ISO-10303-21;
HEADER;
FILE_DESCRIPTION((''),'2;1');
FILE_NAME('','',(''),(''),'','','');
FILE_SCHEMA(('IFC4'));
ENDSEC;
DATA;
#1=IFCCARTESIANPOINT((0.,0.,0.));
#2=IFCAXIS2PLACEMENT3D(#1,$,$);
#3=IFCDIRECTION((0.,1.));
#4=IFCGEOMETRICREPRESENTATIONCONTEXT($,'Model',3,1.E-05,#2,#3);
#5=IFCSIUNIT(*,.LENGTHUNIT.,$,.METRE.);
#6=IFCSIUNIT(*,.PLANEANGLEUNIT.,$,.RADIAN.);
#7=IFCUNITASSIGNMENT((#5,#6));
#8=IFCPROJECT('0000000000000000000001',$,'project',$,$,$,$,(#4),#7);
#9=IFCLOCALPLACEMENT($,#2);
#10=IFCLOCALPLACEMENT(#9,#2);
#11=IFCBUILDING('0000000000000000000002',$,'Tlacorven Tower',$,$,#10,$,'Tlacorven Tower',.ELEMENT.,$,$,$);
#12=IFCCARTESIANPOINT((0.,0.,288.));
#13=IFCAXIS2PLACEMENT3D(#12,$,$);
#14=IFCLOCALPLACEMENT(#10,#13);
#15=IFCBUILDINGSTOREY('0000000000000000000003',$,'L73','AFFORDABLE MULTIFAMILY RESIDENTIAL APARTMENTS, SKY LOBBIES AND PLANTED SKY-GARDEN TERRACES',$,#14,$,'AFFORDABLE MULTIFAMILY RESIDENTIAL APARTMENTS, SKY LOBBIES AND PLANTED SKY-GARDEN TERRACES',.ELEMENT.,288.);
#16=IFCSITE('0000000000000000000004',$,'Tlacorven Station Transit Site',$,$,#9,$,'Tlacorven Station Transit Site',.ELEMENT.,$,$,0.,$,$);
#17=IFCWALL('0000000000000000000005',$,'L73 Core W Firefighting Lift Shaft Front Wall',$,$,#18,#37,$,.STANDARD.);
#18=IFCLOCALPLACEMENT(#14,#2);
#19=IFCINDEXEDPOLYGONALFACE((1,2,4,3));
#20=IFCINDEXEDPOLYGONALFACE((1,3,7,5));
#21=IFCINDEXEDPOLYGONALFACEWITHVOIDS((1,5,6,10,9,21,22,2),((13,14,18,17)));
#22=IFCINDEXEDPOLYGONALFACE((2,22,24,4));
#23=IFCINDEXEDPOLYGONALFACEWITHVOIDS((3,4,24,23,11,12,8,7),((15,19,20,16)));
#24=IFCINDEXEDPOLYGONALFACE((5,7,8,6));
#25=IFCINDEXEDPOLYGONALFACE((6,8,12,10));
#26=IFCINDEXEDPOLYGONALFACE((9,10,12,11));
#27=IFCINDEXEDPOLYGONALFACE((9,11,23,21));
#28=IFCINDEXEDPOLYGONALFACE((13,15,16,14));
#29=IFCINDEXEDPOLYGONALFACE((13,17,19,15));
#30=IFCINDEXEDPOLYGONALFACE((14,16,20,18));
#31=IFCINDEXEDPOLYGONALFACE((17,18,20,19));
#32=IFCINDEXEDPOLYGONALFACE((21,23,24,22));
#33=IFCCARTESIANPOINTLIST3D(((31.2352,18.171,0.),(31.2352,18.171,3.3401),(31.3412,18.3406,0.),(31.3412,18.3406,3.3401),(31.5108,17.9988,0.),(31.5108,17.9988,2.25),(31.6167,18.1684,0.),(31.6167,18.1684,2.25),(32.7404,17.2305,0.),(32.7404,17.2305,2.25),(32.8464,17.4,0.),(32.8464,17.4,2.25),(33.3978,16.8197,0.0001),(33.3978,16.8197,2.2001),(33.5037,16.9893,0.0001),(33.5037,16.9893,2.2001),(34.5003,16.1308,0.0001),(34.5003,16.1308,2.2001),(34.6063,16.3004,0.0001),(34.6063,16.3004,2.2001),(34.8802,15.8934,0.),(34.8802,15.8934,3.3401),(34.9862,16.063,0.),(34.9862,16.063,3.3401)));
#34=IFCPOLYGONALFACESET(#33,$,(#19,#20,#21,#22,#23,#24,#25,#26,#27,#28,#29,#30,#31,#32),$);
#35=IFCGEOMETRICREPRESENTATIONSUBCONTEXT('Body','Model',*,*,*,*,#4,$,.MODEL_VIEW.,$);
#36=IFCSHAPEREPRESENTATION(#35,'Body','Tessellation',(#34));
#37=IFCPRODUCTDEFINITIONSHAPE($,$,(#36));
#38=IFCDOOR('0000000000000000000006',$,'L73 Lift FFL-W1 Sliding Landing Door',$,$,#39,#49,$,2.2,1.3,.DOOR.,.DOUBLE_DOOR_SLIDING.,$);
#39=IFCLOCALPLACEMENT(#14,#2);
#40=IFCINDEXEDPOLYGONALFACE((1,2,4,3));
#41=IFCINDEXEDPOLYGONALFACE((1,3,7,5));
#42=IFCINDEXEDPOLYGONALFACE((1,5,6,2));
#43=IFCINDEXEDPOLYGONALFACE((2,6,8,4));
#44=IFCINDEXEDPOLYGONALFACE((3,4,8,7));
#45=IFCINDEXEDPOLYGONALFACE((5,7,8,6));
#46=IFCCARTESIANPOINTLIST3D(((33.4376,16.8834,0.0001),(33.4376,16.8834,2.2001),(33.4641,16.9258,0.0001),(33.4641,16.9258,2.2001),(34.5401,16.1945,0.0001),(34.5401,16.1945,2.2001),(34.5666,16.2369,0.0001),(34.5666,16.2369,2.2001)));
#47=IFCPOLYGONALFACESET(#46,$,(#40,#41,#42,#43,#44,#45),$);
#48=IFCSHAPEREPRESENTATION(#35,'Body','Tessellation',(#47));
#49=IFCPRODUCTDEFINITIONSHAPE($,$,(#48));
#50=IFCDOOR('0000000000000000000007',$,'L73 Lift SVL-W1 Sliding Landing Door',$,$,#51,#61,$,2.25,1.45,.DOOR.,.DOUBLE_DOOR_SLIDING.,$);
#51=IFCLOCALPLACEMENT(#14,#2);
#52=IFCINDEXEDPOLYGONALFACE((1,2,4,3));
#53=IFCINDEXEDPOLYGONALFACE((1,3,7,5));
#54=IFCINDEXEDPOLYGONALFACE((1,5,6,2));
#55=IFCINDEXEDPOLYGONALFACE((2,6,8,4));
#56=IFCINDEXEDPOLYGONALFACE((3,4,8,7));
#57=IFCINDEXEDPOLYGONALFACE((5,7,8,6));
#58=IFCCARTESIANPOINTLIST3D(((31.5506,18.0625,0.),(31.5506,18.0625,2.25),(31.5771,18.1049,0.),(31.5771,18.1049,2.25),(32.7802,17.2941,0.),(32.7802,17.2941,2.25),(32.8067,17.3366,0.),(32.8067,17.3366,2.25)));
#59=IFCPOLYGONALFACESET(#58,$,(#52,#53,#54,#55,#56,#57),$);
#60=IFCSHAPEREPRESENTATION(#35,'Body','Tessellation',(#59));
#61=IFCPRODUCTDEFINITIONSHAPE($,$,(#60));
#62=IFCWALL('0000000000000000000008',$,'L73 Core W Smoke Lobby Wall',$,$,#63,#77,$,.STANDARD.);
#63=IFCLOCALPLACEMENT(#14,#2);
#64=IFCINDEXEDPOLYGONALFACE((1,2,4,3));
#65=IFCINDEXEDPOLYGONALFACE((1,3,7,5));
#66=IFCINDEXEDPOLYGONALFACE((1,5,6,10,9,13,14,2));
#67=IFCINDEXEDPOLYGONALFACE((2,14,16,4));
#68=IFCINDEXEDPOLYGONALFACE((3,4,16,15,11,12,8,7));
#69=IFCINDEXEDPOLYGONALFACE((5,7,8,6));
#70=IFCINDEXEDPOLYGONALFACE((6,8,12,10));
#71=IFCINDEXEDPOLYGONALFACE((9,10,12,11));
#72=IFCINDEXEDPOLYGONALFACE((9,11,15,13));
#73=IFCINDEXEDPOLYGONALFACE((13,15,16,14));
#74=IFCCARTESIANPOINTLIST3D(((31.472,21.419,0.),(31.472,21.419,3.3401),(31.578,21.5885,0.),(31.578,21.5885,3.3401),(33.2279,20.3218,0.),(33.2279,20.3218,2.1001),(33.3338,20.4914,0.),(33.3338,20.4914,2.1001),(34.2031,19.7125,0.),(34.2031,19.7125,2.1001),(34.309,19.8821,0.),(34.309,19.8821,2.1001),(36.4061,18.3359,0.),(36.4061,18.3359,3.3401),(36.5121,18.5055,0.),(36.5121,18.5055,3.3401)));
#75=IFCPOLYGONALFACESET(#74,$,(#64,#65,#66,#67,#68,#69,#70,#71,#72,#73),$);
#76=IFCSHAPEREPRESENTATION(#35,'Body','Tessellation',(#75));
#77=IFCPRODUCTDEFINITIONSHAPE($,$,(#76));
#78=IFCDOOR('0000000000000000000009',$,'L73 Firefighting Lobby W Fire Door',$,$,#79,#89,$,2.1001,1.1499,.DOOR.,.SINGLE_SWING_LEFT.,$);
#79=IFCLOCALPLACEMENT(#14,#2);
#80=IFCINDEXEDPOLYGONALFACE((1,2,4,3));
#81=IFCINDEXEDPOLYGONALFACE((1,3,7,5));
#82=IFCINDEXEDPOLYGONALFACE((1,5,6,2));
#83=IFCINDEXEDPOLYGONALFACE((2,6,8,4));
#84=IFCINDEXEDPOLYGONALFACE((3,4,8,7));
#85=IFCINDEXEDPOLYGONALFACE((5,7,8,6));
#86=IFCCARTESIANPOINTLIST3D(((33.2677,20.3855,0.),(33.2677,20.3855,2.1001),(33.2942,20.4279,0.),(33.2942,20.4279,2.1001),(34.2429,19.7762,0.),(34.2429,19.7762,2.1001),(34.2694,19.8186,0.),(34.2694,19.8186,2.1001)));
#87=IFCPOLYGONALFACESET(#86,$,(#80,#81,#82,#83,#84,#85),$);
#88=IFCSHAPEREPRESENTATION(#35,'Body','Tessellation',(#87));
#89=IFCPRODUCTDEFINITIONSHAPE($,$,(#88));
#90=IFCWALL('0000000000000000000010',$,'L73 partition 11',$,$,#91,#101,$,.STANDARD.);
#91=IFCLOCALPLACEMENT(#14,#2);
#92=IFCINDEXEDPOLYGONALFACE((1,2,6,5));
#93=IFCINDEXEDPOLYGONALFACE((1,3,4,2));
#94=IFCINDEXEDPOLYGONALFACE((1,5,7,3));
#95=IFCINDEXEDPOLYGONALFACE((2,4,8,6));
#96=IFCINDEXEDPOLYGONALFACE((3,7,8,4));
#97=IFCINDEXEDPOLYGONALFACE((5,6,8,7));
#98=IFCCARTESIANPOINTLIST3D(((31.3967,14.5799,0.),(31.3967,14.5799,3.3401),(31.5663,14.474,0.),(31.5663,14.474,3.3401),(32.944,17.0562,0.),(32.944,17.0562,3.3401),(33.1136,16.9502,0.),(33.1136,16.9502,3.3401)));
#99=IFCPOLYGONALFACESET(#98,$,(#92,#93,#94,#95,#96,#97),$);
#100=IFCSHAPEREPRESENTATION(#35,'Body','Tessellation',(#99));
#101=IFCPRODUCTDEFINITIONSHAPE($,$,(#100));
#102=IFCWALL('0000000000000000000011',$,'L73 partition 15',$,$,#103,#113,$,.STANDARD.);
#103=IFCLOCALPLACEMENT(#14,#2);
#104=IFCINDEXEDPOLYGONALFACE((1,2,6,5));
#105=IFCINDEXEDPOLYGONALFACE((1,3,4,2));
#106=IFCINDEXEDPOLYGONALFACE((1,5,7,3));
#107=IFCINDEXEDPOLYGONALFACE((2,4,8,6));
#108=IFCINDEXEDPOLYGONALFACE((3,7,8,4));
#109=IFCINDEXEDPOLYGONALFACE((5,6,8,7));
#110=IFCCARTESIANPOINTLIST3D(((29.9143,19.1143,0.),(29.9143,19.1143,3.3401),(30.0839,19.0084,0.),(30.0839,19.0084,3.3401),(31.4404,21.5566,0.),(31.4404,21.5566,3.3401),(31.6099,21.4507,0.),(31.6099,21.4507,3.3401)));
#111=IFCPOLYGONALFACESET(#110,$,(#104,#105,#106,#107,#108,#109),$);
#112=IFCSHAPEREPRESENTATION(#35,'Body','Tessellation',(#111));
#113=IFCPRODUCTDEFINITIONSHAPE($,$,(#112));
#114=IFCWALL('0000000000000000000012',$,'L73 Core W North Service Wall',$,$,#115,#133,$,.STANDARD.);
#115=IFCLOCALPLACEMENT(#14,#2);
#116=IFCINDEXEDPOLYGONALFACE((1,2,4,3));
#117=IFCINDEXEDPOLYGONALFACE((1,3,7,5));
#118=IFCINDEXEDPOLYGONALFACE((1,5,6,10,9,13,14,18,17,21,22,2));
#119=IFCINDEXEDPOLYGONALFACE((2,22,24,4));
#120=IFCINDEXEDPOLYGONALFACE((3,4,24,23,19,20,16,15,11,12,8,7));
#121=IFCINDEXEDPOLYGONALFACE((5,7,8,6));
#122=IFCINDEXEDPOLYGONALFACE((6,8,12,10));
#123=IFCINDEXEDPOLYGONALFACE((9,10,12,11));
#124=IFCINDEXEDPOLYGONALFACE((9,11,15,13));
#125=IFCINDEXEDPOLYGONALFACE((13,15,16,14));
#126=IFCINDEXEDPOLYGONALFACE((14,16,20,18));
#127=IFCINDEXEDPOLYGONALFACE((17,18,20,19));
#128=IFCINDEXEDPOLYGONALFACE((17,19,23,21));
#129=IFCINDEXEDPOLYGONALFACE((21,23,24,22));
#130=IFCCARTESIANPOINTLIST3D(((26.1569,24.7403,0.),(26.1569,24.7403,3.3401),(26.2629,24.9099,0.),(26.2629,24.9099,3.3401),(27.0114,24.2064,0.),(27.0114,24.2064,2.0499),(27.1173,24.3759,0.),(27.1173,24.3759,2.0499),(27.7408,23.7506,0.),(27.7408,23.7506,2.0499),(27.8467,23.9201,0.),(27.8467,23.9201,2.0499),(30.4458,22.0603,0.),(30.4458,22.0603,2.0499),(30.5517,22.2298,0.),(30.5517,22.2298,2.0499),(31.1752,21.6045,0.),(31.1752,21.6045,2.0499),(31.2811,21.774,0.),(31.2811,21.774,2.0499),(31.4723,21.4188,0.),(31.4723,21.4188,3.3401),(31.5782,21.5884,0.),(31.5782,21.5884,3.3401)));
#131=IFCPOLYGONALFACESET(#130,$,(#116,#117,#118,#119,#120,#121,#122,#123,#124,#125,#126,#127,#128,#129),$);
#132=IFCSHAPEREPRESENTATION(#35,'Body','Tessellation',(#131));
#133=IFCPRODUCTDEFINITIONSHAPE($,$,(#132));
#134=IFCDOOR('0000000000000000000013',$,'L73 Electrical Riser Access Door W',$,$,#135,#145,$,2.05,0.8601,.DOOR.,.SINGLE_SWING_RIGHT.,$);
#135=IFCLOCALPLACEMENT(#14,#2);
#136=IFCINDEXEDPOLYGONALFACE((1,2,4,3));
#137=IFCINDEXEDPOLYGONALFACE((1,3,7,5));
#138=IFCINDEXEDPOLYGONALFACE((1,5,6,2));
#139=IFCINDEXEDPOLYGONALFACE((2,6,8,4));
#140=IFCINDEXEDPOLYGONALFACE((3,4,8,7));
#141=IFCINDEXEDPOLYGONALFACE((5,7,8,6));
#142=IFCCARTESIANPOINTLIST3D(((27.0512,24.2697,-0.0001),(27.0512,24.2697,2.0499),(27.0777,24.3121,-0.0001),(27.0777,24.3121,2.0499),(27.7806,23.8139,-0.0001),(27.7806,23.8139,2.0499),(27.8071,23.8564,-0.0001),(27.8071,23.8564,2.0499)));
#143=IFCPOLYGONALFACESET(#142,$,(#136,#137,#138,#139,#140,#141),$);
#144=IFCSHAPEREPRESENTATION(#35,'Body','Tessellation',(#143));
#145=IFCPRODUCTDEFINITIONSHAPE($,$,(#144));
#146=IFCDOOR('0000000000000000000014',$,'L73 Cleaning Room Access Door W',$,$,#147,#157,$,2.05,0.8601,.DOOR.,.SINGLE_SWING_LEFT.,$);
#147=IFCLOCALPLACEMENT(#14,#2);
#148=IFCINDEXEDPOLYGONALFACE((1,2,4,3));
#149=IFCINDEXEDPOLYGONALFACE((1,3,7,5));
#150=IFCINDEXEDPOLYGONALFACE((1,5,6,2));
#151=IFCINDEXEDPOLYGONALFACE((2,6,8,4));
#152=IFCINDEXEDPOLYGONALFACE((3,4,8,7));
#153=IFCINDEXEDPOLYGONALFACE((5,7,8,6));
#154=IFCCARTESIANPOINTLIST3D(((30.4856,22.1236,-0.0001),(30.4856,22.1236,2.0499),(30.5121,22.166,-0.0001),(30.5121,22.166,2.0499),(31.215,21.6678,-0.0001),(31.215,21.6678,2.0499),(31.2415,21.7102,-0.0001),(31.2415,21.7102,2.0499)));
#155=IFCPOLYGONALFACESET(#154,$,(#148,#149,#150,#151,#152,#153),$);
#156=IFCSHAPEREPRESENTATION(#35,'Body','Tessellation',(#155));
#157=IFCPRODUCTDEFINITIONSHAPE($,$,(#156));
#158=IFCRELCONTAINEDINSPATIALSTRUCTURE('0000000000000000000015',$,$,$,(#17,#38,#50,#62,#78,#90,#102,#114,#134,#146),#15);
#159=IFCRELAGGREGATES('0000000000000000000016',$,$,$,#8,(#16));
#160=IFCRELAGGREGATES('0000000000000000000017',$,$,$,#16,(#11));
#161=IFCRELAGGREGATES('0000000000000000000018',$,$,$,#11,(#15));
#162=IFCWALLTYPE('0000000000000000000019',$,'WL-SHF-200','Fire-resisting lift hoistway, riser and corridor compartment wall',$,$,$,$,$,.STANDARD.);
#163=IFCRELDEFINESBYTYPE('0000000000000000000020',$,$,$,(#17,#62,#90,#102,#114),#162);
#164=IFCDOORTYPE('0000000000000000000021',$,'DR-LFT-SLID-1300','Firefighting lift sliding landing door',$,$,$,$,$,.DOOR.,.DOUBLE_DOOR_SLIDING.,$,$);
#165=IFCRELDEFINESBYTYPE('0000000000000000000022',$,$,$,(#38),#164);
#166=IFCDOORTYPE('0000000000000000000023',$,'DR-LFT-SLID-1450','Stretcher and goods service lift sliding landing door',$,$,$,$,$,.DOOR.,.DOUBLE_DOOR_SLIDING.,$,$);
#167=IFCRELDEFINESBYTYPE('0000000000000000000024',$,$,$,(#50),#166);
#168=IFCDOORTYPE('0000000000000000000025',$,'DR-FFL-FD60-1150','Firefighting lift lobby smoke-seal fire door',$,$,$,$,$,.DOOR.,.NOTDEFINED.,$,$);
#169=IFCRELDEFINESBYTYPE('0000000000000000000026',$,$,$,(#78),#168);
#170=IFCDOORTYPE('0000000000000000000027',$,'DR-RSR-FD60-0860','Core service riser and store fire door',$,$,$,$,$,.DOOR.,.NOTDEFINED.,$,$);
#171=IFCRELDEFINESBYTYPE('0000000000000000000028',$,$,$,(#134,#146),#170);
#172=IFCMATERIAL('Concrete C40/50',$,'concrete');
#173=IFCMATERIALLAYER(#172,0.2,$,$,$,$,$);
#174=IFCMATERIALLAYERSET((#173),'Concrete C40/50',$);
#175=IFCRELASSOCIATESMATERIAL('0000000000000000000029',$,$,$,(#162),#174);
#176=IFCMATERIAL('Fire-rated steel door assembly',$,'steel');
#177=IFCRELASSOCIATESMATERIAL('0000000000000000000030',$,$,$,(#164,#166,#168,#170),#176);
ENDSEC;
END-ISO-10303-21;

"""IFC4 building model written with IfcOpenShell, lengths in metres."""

from ifc_helpers import new_model, si_unit, direction, frame, frame_2d, origin, place, context, subcontext, project, spatial, rectangle, extrude, source, transform, mapped, material, layer, layer_set, type_object, element, fill, save


model = new_model("IFC4")

# Units and contexts
model_context = context("Model", 3, precision=1e-05, world=origin(), true_north=direction((0.0, 1.0)))
body_context = subcontext(model_context, "Body", "Model", "MODEL_VIEW")
ifc_project = project(units=[si_unit("LENGTHUNIT", "METRE"), si_unit("PLANEANGLEUNIT", "RADIAN")], contexts=[model_context])

# Site, building, storey
site_placement = place(None, origin())
site = spatial("IfcSite", under=ifc_project, at=site_placement, Name="Tlacorven Station Transit Site", LongName="Tlacorven Station Transit Site", CompositionType="ELEMENT", RefElevation=0.0)
building_placement = place(site_placement, origin())
building = spatial("IfcBuilding", under=site, at=building_placement, Name="Tlacorven Tower", LongName="Tlacorven Tower", CompositionType="ELEMENT")
storey_placement = place(building_placement, frame((0.0, 0.0, 288.0)))
storey = spatial("IfcBuildingStorey", under=building, at=storey_placement, Name="L73", Description="AFFORDABLE MULTIFAMILY RESIDENTIAL APARTMENTS, SKY LOBBIES AND PLANTED SKY-GARDEN TERRACES", LongName="AFFORDABLE MULTIFAMILY RESIDENTIAL APARTMENTS, SKY LOBBIES AND PLANTED SKY-GARDEN TERRACES", CompositionType="ELEMENT", Elevation=288.0)

# Shared definitions
ifc_material_1 = material(Name="Fire-rated steel door assembly", Category="steel")

# Wall, openings, doors
ifc_material_2 = material(Name="Concrete C40/50", Category="concrete")
ifc_layer_1 = layer(ifc_material_2, 0.2)
ifc_layer_set_1 = layer_set([ifc_layer_1], Name="Concrete C40/50")
wall_type_1 = type_object("IfcWallType", Name="WL-SHF-200", Description="Fire-resisting lift hoistway, riser and corridor compartment wall", PredefinedType="STANDARD", material=ifc_layer_set_1)
wall_1_placement = place(storey_placement, frame((34.9331, 15.9783, 0.0), z_axis=(0.0, 0.0, 1.0), x_axis=(-0.848056, 0.529907, 0.0)))
wall_1 = element("IfcWall", 1, at=wall_1_placement, inside=storey, type_object=wall_type_1, Name="L73 Core W Firefighting Lift Shaft Front Wall", PredefinedType="STANDARD", context=body_context, shape_type="SweptSolid", body=[
    extrude(rectangle(XDim=4.2981, YDim=0.2, at=frame_2d((2.1489, 0.0))), origin(), (0.0, 0.0, 1.0), 3.3401),
])
opening_1_placement = place(wall_1_placement, frame((0.448, 0.0, 0.0)))
opening_1 = element("IfcOpeningElement", 2, at=opening_1_placement, cuts=wall_1, PredefinedType="OPENING", context=body_context, shape_type="SweptSolid", body=[
    extrude(rectangle(XDim=1.3, YDim=2.2, at=frame_2d((0.6499, 1.1001))), frame((0.0, 0.1099, 0.0), z_axis=(0.0, -1.0, 0.0), x_axis=(1.0, 0.0, 0.0)), (0.0, 0.0, 1.0), 0.22),
])
opening_2_placement = place(wall_1_placement, frame((2.5229, 0.0, 0.0)))
opening_2 = element("IfcOpeningElement", 3, at=opening_2_placement, cuts=wall_1, PredefinedType="OPENING", context=body_context, shape_type="SweptSolid", body=[
    extrude(rectangle(XDim=1.45, YDim=2.25, at=frame_2d((0.7251, 1.125))), frame((0.0, 0.1099, 0.0), z_axis=(0.0, -1.0, 0.0), x_axis=(1.0, 0.0, 0.0)), (0.0, 0.0, 1.0), 0.22),
])
door_type_1 = type_object("IfcDoorType", Name="DR-LFT-SLID-1300", Description="Firefighting lift sliding landing door", OperationType="DOUBLE_DOOR_SLIDING", PredefinedType="DOOR", material=ifc_material_1)
shared_shape_1 = source(origin(), body_context, "Body", "SweptSolid", [
    extrude(rectangle(XDim=1.3, YDim=2.2, at=frame_2d((0.6499, 1.1001))), frame((0.0, 0.0249, 0.0), z_axis=(0.0, -1.0, 0.0), x_axis=(1.0, 0.0, 0.0)), (0.0, 0.0, 1.0), 0.05),
])
door_1_placement = place(opening_1_placement, origin())
door_1 = element("IfcDoor", 4, at=door_1_placement, inside=storey, type_object=door_type_1, Name="L73 Lift FFL-W1 Sliding Landing Door", OperationType="DOUBLE_DOOR_SLIDING", OverallHeight=2.2, OverallWidth=1.3, PredefinedType="DOOR", context=body_context, shape_type="MappedRepresentation", body=[
    mapped(shared_shape_1, transform((0.0, 0.0, 0.0), scale=1.0)),
])
fill(opening_1, door_1)
door_type_2 = type_object("IfcDoorType", Name="DR-LFT-SLID-1450", Description="Stretcher and goods service lift sliding landing door", OperationType="DOUBLE_DOOR_SLIDING", PredefinedType="DOOR", material=ifc_material_1)
shared_shape_2 = source(origin(), body_context, "Body", "SweptSolid", [
    extrude(rectangle(XDim=1.45, YDim=2.25, at=frame_2d((0.7251, 1.125))), frame((0.0, 0.0249, 0.0), z_axis=(0.0, -1.0, 0.0), x_axis=(1.0, 0.0, 0.0)), (0.0, 0.0, 1.0), 0.05),
])
door_2_placement = place(opening_2_placement, origin())
door_2 = element("IfcDoor", 5, at=door_2_placement, inside=storey, type_object=door_type_2, Name="L73 Lift SVL-W1 Sliding Landing Door", OperationType="DOUBLE_DOOR_SLIDING", OverallHeight=2.25, OverallWidth=1.45, PredefinedType="DOOR", context=body_context, shape_type="MappedRepresentation", body=[
    mapped(shared_shape_2, transform((0.0, 0.0, 0.0), scale=1.0)),
])
fill(opening_2, door_2)

# Wall, opening, door
wall_2_placement = place(storey_placement, frame((36.4592, 18.4207, 0.0), z_axis=(0.0, 0.0, 1.0), x_axis=(-0.84806, 0.529901, 0.0)))
wall_2 = element("IfcWall", 6, at=wall_2_placement, inside=storey, type_object=wall_type_1, Name="L73 Core W Smoke Lobby Wall", PredefinedType="STANDARD", context=body_context, shape_type="SweptSolid", body=[
    extrude(rectangle(XDim=5.8181, YDim=0.2, at=frame_2d((2.9092, 0.0))), origin(), (0.0, 0.0, 1.0), 3.3401),
])
opening_3_placement = place(wall_2_placement, frame((2.5979, 0.0, 0.0)))
opening_3 = element("IfcOpeningElement", 7, at=opening_3_placement, cuts=wall_2, PredefinedType="OPENING", context=body_context, shape_type="SweptSolid", body=[
    extrude(rectangle(XDim=1.1499, YDim=2.1001, at=frame_2d((0.575, 1.05))), frame((0.0, 0.1099, 0.0), z_axis=(0.0, -1.0, 0.0), x_axis=(1.0, 0.0, 0.0)), (0.0, 0.0, 1.0), 0.22),
])
door_type_3 = type_object("IfcDoorType", Name="DR-FFL-FD60-1150", Description="Firefighting lift lobby smoke-seal fire door", OperationType="NOTDEFINED", PredefinedType="DOOR", material=ifc_material_1)
shared_shape_3 = source(origin(), body_context, "Body", "SweptSolid", [
    extrude(rectangle(XDim=1.1499, YDim=2.1001, at=frame_2d((0.575, 1.05))), frame((0.0, 0.0249, 0.0), z_axis=(0.0, -1.0, 0.0), x_axis=(1.0, 0.0, 0.0)), (0.0, 0.0, 1.0), 0.05),
])
door_3_placement = place(opening_3_placement, origin())
door_3 = element("IfcDoor", 8, at=door_3_placement, inside=storey, type_object=door_type_3, Name="L73 Firefighting Lobby W Fire Door", OperationType="SINGLE_SWING_LEFT", OverallHeight=2.1001, OverallWidth=1.1499, PredefinedType="DOOR", context=body_context, shape_type="MappedRepresentation", body=[
    mapped(shared_shape_3, transform((0.0, 0.0, 0.0), scale=1.0)),
])
fill(opening_3, door_3)

# Walls
wall_3_placement = place(storey_placement, frame((33.0288, 17.0032, 0.0), z_axis=(0.0, 0.0, 1.0), x_axis=(-0.529916, -0.84805, 0.0)))
element("IfcWall", 9, at=wall_3_placement, inside=storey, type_object=wall_type_1, Name="L73 partition 11", PredefinedType="STANDARD", context=body_context, shape_type="SweptSolid", body=[
    extrude(rectangle(XDim=2.9199, YDim=0.2, at=frame_2d((1.46, 0.0))), origin(), (0.0, 0.0, 1.0), 3.3401),
])
wall_4_placement = place(storey_placement, frame((31.5251, 21.5037, 0.0), z_axis=(0.0, 0.0, 1.0), x_axis=(-0.529907, -0.848055, 0.0)))
element("IfcWall", 10, at=wall_4_placement, inside=storey, type_object=wall_type_1, Name="L73 partition 15", PredefinedType="STANDARD", context=body_context, shape_type="SweptSolid", body=[
    extrude(rectangle(XDim=2.8799, YDim=0.2, at=frame_2d((1.4399, 0.0))), origin(), (0.0, 0.0, 1.0), 3.3401),
])

# Wall, openings, doors
wall_5_placement = place(storey_placement, frame((31.5251, 21.5037, 0.0), z_axis=(0.0, 0.0, 1.0), x_axis=(-0.848042, 0.529929, 0.0)))
wall_5 = element("IfcWall", 11, at=wall_5_placement, inside=storey, type_object=wall_type_1, Name="L73 Core W North Service Wall", PredefinedType="STANDARD", context=body_context, shape_type="SweptSolid", body=[
    extrude(rectangle(XDim=6.2678, YDim=0.2, at=frame_2d((3.1338, 0.0))), origin(), (0.0, 0.0, 1.0), 3.3401),
])
opening_4_placement = place(wall_5_placement, frame((4.3999, 0.0, 0.0)))
opening_4 = element("IfcOpeningElement", 12, at=opening_4_placement, cuts=wall_5, PredefinedType="OPENING", context=body_context, shape_type="SweptSolid", body=[
    extrude(rectangle(XDim=0.8601, YDim=2.05, at=frame_2d((0.4302, 1.0249))), frame((0.0, 0.1099, 0.0), z_axis=(0.0, -1.0, 0.0), x_axis=(1.0, 0.0, 0.0)), (0.0, 0.0, 1.0), 0.22),
])
opening_5_placement = place(wall_5_placement, frame((0.3501, 0.0, 0.0)))
opening_5 = element("IfcOpeningElement", 13, at=opening_5_placement, cuts=wall_5, PredefinedType="OPENING", context=body_context, shape_type="SweptSolid", body=[
    extrude(rectangle(XDim=0.8601, YDim=2.05, at=frame_2d((0.4302, 1.0249))), frame((0.0, 0.1099, 0.0), z_axis=(0.0, -1.0, 0.0), x_axis=(1.0, 0.0, 0.0)), (0.0, 0.0, 1.0), 0.22),
])
door_type_4 = type_object("IfcDoorType", Name="DR-RSR-FD60-0860", Description="Core service riser and store fire door", OperationType="NOTDEFINED", PredefinedType="DOOR", material=ifc_material_1)
shared_shape_4 = source(origin(), body_context, "Body", "SweptSolid", [
    extrude(rectangle(XDim=0.8601, YDim=2.05, at=frame_2d((0.4302, 1.0249))), frame((0.0, 0.0249, 0.0), z_axis=(0.0, -1.0, 0.0), x_axis=(1.0, 0.0, 0.0)), (0.0, 0.0, 1.0), 0.05),
])
door_4_placement = place(opening_4_placement, frame((0.8601, 0.0, 0.0), z_axis=(0.0, 0.0, 1.0), x_axis=(-1.0, 0.0, 0.0)))
door_4 = element("IfcDoor", 14, at=door_4_placement, inside=storey, type_object=door_type_4, Name="L73 Electrical Riser Access Door W", OperationType="SINGLE_SWING_RIGHT", OverallHeight=2.05, OverallWidth=0.8601, PredefinedType="DOOR", context=body_context, shape_type="MappedRepresentation", body=[
    mapped(shared_shape_4, transform((0.0, 0.0, 0.0), scale=1.0)),
])
fill(opening_4, door_4)
door_5_placement = place(opening_5_placement, frame((0.8601, 0.0, 0.0), z_axis=(0.0, 0.0, 1.0), x_axis=(-1.0, 0.0, 0.0)))
door_5 = element("IfcDoor", 15, at=door_5_placement, inside=storey, type_object=door_type_4, Name="L73 Cleaning Room Access Door W", OperationType="SINGLE_SWING_LEFT", OverallHeight=2.05, OverallWidth=0.8601, PredefinedType="DOOR", context=body_context, shape_type="MappedRepresentation", body=[
    mapped(shared_shape_4, transform((0.0, 0.0, 0.0), scale=1.0)),
])
fill(opening_5, door_5)

save(model, "model.ifc")
